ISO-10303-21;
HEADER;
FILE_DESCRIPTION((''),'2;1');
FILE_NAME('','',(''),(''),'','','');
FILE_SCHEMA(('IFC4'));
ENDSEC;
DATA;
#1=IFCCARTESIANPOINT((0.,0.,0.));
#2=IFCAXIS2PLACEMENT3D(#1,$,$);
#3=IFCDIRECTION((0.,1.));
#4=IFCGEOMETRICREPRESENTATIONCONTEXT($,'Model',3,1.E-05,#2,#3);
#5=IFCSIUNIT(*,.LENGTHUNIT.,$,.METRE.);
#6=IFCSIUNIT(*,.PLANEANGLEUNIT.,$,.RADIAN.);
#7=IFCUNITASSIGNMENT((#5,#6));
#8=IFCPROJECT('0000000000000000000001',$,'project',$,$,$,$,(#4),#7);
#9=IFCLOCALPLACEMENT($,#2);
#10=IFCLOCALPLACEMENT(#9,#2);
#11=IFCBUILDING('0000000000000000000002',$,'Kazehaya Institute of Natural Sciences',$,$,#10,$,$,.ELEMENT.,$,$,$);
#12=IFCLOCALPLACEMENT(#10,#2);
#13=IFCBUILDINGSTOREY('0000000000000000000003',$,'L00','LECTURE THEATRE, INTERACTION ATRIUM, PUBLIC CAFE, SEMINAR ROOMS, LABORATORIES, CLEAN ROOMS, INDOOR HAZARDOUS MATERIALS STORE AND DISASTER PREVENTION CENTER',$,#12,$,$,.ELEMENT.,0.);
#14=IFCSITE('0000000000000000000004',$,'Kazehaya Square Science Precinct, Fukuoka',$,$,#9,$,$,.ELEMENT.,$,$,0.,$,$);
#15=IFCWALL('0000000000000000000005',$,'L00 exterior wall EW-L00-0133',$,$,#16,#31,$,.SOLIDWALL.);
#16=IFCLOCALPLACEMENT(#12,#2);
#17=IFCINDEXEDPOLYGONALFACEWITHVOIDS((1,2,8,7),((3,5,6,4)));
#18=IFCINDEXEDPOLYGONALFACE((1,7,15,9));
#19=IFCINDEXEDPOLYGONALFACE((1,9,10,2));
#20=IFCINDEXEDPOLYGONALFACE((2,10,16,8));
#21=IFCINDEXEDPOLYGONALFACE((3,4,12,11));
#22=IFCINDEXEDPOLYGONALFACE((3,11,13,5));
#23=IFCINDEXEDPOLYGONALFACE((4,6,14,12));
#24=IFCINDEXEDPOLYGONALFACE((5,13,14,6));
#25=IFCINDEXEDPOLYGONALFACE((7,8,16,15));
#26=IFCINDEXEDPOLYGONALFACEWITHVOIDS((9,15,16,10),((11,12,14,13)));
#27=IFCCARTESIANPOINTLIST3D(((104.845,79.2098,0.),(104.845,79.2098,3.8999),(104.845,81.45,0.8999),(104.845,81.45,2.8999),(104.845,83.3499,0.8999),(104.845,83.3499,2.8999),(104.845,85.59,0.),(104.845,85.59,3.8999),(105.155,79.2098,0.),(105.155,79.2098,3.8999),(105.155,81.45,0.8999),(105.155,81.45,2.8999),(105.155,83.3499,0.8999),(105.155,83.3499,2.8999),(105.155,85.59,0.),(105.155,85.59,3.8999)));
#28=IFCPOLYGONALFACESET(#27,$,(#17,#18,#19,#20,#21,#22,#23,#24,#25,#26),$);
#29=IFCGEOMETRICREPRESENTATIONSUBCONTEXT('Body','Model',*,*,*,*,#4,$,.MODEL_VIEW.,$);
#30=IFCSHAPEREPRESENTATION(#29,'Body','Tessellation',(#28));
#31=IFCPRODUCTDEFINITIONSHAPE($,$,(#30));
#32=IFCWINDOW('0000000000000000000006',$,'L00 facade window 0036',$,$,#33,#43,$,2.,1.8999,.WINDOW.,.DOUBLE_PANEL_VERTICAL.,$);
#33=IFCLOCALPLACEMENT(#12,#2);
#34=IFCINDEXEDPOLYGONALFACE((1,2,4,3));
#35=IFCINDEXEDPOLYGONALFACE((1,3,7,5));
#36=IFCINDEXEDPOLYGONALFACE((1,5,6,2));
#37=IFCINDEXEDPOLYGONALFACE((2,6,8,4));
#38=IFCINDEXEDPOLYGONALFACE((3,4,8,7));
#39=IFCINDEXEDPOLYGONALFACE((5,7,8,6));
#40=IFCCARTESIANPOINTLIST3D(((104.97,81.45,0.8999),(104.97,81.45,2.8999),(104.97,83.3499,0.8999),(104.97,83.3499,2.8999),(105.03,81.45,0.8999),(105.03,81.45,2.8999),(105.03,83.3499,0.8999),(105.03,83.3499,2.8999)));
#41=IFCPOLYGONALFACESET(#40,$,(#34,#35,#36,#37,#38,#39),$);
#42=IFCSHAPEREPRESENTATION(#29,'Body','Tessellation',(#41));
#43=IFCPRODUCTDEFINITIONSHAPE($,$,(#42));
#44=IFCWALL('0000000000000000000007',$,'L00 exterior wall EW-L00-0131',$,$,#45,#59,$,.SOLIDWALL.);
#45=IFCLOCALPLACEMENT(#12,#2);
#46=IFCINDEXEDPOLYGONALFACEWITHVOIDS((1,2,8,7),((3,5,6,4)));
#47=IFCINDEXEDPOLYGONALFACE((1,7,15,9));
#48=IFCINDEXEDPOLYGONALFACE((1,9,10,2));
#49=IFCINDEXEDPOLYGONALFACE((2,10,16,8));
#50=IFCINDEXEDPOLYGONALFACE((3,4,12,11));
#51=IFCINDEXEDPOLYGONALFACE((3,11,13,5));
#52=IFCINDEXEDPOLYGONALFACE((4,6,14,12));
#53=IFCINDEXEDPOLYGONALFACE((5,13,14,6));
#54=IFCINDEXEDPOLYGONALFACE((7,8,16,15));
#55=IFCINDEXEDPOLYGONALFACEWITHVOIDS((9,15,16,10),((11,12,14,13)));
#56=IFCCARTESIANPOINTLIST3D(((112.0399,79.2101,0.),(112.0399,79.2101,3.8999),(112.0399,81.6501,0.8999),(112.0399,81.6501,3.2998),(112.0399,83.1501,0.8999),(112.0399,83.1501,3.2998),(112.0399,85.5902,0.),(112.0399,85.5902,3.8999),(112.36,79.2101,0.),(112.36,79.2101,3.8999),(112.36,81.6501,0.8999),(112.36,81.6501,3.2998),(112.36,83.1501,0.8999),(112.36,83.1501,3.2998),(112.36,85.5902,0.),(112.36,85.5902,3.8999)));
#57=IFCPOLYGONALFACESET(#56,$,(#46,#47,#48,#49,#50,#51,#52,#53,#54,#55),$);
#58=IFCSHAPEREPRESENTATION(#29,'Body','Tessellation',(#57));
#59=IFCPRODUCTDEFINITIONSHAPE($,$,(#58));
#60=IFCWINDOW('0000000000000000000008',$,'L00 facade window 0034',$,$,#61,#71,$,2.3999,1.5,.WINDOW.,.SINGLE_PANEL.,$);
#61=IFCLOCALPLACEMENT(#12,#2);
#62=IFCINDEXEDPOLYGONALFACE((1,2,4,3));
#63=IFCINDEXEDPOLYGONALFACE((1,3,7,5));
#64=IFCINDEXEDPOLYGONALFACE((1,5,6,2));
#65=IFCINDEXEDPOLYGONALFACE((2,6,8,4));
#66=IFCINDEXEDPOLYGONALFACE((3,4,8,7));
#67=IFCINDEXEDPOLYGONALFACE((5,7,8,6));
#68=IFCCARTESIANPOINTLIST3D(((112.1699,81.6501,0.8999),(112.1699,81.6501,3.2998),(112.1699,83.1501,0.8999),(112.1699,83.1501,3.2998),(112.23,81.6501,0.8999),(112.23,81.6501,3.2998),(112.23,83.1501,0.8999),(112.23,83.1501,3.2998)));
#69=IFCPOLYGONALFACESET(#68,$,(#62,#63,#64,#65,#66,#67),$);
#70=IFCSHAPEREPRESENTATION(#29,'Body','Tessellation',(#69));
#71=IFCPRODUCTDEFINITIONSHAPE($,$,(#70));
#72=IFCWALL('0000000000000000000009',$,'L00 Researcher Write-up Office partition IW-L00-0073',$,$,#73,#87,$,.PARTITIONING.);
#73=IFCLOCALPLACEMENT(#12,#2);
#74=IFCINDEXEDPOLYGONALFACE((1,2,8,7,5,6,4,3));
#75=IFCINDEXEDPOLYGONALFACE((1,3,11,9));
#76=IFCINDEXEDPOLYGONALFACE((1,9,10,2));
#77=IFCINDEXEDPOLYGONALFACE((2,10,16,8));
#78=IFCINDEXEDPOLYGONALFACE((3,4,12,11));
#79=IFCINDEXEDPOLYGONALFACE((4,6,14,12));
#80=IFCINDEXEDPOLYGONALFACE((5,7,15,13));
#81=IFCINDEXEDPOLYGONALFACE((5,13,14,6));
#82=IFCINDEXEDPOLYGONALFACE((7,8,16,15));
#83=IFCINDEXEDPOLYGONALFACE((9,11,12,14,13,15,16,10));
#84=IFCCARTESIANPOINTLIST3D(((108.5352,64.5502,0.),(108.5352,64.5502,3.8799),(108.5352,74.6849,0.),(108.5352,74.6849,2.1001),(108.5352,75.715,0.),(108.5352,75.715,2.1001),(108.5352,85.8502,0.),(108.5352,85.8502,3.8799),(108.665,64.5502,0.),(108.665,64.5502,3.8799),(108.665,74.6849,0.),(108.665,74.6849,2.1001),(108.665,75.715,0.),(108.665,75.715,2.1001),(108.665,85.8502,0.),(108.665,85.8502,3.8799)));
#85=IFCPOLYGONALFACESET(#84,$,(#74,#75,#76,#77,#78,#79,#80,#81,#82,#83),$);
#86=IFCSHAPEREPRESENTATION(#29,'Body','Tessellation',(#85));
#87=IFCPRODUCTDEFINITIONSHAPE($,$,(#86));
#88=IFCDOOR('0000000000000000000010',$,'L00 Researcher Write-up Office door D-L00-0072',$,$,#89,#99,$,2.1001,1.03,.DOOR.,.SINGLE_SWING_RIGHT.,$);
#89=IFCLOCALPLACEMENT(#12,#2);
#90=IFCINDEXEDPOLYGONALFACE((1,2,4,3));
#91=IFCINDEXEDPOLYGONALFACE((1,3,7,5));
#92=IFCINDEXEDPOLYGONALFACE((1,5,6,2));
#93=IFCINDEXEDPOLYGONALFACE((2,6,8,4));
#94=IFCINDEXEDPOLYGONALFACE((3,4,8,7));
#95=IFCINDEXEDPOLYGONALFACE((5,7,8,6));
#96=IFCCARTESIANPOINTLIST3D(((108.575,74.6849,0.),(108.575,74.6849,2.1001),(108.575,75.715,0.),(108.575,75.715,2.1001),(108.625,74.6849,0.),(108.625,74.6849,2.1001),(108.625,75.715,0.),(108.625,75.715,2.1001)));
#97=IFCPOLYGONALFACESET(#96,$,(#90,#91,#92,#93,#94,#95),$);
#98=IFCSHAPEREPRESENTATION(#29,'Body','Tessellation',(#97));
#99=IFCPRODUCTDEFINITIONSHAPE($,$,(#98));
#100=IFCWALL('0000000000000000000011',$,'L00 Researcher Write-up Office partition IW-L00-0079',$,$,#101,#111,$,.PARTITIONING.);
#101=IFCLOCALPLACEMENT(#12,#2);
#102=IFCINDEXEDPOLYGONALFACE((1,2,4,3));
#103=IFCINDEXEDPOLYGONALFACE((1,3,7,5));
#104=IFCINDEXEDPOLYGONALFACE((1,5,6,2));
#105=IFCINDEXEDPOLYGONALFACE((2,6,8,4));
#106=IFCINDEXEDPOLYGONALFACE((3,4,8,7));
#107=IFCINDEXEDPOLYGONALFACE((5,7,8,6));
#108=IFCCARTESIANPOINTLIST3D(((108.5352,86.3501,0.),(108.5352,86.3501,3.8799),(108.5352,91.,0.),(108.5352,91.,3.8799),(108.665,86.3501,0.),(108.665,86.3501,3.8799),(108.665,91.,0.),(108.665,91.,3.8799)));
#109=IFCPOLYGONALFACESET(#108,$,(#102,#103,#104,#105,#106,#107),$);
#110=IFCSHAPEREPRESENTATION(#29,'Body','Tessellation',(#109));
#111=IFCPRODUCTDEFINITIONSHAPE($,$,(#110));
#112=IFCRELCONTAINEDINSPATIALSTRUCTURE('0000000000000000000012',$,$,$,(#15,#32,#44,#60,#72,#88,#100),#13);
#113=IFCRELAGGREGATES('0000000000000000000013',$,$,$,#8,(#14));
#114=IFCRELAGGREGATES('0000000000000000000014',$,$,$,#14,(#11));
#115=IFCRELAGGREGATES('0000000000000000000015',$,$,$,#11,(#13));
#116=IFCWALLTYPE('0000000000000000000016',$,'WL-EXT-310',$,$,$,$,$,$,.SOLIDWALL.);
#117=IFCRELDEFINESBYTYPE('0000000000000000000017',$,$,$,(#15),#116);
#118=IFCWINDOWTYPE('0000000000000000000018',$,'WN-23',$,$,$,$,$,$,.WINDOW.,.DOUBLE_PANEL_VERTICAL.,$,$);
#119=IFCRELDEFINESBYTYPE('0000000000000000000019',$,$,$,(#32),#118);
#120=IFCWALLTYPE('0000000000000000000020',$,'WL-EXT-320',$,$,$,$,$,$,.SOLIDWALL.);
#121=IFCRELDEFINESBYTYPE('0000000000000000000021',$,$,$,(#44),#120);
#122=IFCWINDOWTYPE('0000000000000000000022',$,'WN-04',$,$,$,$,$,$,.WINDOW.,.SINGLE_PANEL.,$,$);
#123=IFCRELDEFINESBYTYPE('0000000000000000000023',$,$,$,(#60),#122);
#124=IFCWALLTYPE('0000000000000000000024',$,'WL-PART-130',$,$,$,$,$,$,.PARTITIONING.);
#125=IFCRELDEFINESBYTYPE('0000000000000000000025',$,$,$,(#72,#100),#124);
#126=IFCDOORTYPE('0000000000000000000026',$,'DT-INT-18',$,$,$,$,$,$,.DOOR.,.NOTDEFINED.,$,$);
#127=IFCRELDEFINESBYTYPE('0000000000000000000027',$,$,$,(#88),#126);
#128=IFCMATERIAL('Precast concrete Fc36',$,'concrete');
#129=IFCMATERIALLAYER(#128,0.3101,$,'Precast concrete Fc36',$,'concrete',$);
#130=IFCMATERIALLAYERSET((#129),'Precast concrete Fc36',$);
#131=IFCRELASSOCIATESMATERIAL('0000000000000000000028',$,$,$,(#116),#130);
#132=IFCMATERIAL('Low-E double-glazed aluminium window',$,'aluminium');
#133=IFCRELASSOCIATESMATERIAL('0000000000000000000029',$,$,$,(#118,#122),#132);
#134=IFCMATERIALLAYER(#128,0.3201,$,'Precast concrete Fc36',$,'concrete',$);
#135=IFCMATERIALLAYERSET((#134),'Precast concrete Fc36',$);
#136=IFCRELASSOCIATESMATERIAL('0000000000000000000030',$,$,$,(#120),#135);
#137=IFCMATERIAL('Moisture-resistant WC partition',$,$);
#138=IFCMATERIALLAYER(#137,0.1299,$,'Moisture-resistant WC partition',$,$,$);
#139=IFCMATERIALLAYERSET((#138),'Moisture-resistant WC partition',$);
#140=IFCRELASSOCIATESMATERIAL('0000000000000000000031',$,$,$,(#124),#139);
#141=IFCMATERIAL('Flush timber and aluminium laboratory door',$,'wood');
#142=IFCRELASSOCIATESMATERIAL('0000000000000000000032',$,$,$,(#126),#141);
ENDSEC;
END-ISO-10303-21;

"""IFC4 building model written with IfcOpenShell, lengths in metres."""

from ifc_helpers import new_model, si_unit, direction, frame, frame_2d, origin, place, context, subcontext, project, spatial, rectangle, extrude, material, layer, layer_set, type_object, element, fill, save


model = new_model("IFC4")

# Units and contexts
model_context = context("Model", 3, precision=1e-05, world=origin(), true_north=direction((0.0, 1.0)))
body_context = subcontext(model_context, "Body", "Model", "MODEL_VIEW")
ifc_project = project(units=[si_unit("LENGTHUNIT", "METRE"), si_unit("PLANEANGLEUNIT", "RADIAN")], contexts=[model_context])

# Site, building, storey
site_placement = place(None, origin())
site = spatial("IfcSite", under=ifc_project, at=site_placement, Name="Kazehaya Square Science Precinct, Fukuoka", CompositionType="ELEMENT", RefElevation=0.0)
building_placement = place(site_placement, origin())
building = spatial("IfcBuilding", under=site, at=building_placement, Name="Kazehaya Institute of Natural Sciences", CompositionType="ELEMENT")
storey_placement = place(building_placement, origin())
storey = spatial("IfcBuildingStorey", under=building, at=storey_placement, Name="L00", Description="LECTURE THEATRE, INTERACTION ATRIUM, PUBLIC CAFE, SEMINAR ROOMS, LABORATORIES, CLEAN ROOMS, INDOOR HAZARDOUS MATERIALS STORE AND DISASTER PREVENTION CENTER", CompositionType="ELEMENT", Elevation=0.0)

# Walls, openings, windows
ifc_material_1 = material(Name="Precast concrete Fc36", Category="concrete")
ifc_material_2 = material(Name="Low-E double-glazed aluminium window", Category="aluminium")
ifc_layer_1 = layer(ifc_material_1, 0.3101, Name="Precast concrete Fc36", Category="concrete")
ifc_layer_set_1 = layer_set([ifc_layer_1], Name="Precast concrete Fc36")
wall_type_1 = type_object("IfcWallType", Name="WL-EXT-310", PredefinedType="SOLIDWALL", material=ifc_layer_set_1)
wall_1_placement = place(storey_placement, frame((105.0, 79.21, 0.0), z_axis=(0.0, 0.0, 1.0), x_axis=(0.0, 1.0, 0.0)))
wall_1 = element("IfcWall", 1, at=wall_1_placement, inside=storey, type_object=wall_type_1, Name="L00 exterior wall EW-L00-0133", PredefinedType="SOLIDWALL", context=body_context, shape_type="SweptSolid", body=[
    extrude(rectangle(XDim=6.3801, YDim=0.3101, at=frame_2d((3.1899, 0.0))), origin(), (0.0, 0.0, 1.0), 3.8999),
])
opening_1_placement = place(wall_1_placement, frame((2.24, 0.0, 0.8999)))
opening_1 = element("IfcOpeningElement", 2, at=opening_1_placement, cuts=wall_1, PredefinedType="OPENING", context=body_context, shape_type="SweptSolid", body=[
    extrude(rectangle(XDim=1.8999, YDim=2.0, at=frame_2d((0.95, 1.0))), frame((0.0, 0.165, 0.0), z_axis=(0.0, -1.0, 0.0), x_axis=(1.0, 0.0, 0.0)), (0.0, 0.0, 1.0), 0.3301),
])
window_type_1 = type_object("IfcWindowType", Name="WN-23", PartitioningType="DOUBLE_PANEL_VERTICAL", PredefinedType="WINDOW", material=ifc_material_2)
window_1_placement = place(opening_1_placement, origin())
window_1 = element("IfcWindow", 3, at=window_1_placement, inside=storey, type_object=window_type_1, Name="L00 facade window 0036", OverallHeight=2.0, OverallWidth=1.8999, PartitioningType="DOUBLE_PANEL_VERTICAL", PredefinedType="WINDOW", context=body_context, shape_type="SweptSolid", body=[
    extrude(rectangle(XDim=1.8999, YDim=2.0, at=frame_2d((0.95, 1.0))), frame((0.0, 0.03, 0.0), z_axis=(0.0, -1.0, 0.0), x_axis=(1.0, 0.0, 0.0)), (0.0, 0.0, 1.0), 0.0601),
])
fill(opening_1, window_1)
ifc_layer_2 = layer(ifc_material_1, 0.3201, Name="Precast concrete Fc36", Category="concrete")
ifc_layer_set_2 = layer_set([ifc_layer_2], Name="Precast concrete Fc36")
wall_type_2 = type_object("IfcWallType", Name="WL-EXT-320", PredefinedType="SOLIDWALL", material=ifc_layer_set_2)
wall_2_placement = place(storey_placement, frame((112.2, 85.5901, 0.0), z_axis=(0.0, 0.0, 1.0), x_axis=(0.0, -1.0, 0.0)))
wall_2 = element("IfcWall", 4, at=wall_2_placement, inside=storey, type_object=wall_type_2, Name="L00 exterior wall EW-L00-0131", PredefinedType="SOLIDWALL", context=body_context, shape_type="SweptSolid", body=[
    extrude(rectangle(XDim=6.3801, YDim=0.3201, at=frame_2d((3.1899, 0.0))), origin(), (0.0, 0.0, 1.0), 3.8999),
])
opening_2_placement = place(wall_2_placement, frame((2.4399, 0.0, 0.8999)))
opening_2 = element("IfcOpeningElement", 5, at=opening_2_placement, cuts=wall_2, PredefinedType="OPENING", context=body_context, shape_type="SweptSolid", body=[
    extrude(rectangle(XDim=1.5, YDim=2.3999, at=frame_2d((0.75, 1.2))), frame((0.0, 0.1699, 0.0), z_axis=(0.0, -1.0, 0.0), x_axis=(1.0, 0.0, 0.0)), (0.0, 0.0, 1.0), 0.3401),
])
window_type_2 = type_object("IfcWindowType", Name="WN-04", PartitioningType="SINGLE_PANEL", PredefinedType="WINDOW", material=ifc_material_2)
window_2_placement = place(opening_2_placement, origin())
window_2 = element("IfcWindow", 6, at=window_2_placement, inside=storey, type_object=window_type_2, Name="L00 facade window 0034", OverallHeight=2.3999, OverallWidth=1.5, PartitioningType="SINGLE_PANEL", PredefinedType="WINDOW", context=body_context, shape_type="SweptSolid", body=[
    extrude(rectangle(XDim=1.5, YDim=2.3999, at=frame_2d((0.75, 1.2))), frame((0.0, 0.03, 0.0), z_axis=(0.0, -1.0, 0.0), x_axis=(1.0, 0.0, 0.0)), (0.0, 0.0, 1.0), 0.0601),
])
fill(opening_2, window_2)

# Wall, opening, door
ifc_material_3 = material(Name="Moisture-resistant WC partition")
ifc_layer_3 = layer(ifc_material_3, 0.1299, Name="Moisture-resistant WC partition")
ifc_layer_set_3 = layer_set([ifc_layer_3], Name="Moisture-resistant WC partition")
wall_type_3 = type_object("IfcWallType", Name="WL-PART-130", PredefinedType="PARTITIONING", material=ifc_layer_set_3)
wall_3_placement = place(storey_placement, frame((108.6001, 85.8501, 0.0), z_axis=(0.0, 0.0, 1.0), x_axis=(0.0, -1.0, 0.0)))
wall_3 = element("IfcWall", 7, at=wall_3_placement, inside=storey, type_object=wall_type_3, Name="L00 Researcher Write-up Office partition IW-L00-0073", PredefinedType="PARTITIONING", context=body_context, shape_type="SweptSolid", body=[
    extrude(rectangle(XDim=21.3, YDim=0.1299, at=frame_2d((10.6499, 0.0))), origin(), (0.0, 0.0, 1.0), 3.8799),
])
opening_3_placement = place(wall_3_placement, frame((10.135, 0.0, 0.0)))
opening_3 = element("IfcOpeningElement", 8, at=opening_3_placement, cuts=wall_3, PredefinedType="OPENING", context=body_context, shape_type="SweptSolid", body=[
    extrude(rectangle(XDim=1.03, YDim=2.1001, at=frame_2d((0.5151, 1.05))), frame((0.0, 0.075, 0.0), z_axis=(0.0, -1.0, 0.0), x_axis=(1.0, 0.0, 0.0)), (0.0, 0.0, 1.0), 0.1499),
])
ifc_material_4 = material(Name="Flush timber and aluminium laboratory door", Category="wood")
door_type = type_object("IfcDoorType", Name="DT-INT-18", OperationType="NOTDEFINED", PredefinedType="DOOR", material=ifc_material_4)
door_placement = place(opening_3_placement, origin())
door = element("IfcDoor", 9, at=door_placement, inside=storey, type_object=door_type, Name="L00 Researcher Write-up Office door D-L00-0072", OperationType="SINGLE_SWING_RIGHT", OverallHeight=2.1001, OverallWidth=1.03, PredefinedType="DOOR", context=body_context, shape_type="SweptSolid", body=[
    extrude(rectangle(XDim=1.03, YDim=2.1001, at=frame_2d((0.5151, 1.05))), frame((0.0, 0.0249, 0.0), z_axis=(0.0, -1.0, 0.0), x_axis=(1.0, 0.0, 0.0)), (0.0, 0.0, 1.0), 0.05),
])
fill(opening_3, door)

# Wall
wall_4_placement = place(storey_placement, frame((108.6001, 91.0, 0.0), z_axis=(0.0, 0.0, 1.0), x_axis=(0.0, -1.0, 0.0)))
element("IfcWall", 10, at=wall_4_placement, inside=storey, type_object=wall_type_3, Name="L00 Researcher Write-up Office partition IW-L00-0079", PredefinedType="PARTITIONING", context=body_context, shape_type="SweptSolid", body=[
    extrude(rectangle(XDim=4.6499, YDim=0.1299, at=frame_2d((2.325, 0.0))), origin(), (0.0, 0.0, 1.0), 3.8799),
])

save(model, "model.ifc")
